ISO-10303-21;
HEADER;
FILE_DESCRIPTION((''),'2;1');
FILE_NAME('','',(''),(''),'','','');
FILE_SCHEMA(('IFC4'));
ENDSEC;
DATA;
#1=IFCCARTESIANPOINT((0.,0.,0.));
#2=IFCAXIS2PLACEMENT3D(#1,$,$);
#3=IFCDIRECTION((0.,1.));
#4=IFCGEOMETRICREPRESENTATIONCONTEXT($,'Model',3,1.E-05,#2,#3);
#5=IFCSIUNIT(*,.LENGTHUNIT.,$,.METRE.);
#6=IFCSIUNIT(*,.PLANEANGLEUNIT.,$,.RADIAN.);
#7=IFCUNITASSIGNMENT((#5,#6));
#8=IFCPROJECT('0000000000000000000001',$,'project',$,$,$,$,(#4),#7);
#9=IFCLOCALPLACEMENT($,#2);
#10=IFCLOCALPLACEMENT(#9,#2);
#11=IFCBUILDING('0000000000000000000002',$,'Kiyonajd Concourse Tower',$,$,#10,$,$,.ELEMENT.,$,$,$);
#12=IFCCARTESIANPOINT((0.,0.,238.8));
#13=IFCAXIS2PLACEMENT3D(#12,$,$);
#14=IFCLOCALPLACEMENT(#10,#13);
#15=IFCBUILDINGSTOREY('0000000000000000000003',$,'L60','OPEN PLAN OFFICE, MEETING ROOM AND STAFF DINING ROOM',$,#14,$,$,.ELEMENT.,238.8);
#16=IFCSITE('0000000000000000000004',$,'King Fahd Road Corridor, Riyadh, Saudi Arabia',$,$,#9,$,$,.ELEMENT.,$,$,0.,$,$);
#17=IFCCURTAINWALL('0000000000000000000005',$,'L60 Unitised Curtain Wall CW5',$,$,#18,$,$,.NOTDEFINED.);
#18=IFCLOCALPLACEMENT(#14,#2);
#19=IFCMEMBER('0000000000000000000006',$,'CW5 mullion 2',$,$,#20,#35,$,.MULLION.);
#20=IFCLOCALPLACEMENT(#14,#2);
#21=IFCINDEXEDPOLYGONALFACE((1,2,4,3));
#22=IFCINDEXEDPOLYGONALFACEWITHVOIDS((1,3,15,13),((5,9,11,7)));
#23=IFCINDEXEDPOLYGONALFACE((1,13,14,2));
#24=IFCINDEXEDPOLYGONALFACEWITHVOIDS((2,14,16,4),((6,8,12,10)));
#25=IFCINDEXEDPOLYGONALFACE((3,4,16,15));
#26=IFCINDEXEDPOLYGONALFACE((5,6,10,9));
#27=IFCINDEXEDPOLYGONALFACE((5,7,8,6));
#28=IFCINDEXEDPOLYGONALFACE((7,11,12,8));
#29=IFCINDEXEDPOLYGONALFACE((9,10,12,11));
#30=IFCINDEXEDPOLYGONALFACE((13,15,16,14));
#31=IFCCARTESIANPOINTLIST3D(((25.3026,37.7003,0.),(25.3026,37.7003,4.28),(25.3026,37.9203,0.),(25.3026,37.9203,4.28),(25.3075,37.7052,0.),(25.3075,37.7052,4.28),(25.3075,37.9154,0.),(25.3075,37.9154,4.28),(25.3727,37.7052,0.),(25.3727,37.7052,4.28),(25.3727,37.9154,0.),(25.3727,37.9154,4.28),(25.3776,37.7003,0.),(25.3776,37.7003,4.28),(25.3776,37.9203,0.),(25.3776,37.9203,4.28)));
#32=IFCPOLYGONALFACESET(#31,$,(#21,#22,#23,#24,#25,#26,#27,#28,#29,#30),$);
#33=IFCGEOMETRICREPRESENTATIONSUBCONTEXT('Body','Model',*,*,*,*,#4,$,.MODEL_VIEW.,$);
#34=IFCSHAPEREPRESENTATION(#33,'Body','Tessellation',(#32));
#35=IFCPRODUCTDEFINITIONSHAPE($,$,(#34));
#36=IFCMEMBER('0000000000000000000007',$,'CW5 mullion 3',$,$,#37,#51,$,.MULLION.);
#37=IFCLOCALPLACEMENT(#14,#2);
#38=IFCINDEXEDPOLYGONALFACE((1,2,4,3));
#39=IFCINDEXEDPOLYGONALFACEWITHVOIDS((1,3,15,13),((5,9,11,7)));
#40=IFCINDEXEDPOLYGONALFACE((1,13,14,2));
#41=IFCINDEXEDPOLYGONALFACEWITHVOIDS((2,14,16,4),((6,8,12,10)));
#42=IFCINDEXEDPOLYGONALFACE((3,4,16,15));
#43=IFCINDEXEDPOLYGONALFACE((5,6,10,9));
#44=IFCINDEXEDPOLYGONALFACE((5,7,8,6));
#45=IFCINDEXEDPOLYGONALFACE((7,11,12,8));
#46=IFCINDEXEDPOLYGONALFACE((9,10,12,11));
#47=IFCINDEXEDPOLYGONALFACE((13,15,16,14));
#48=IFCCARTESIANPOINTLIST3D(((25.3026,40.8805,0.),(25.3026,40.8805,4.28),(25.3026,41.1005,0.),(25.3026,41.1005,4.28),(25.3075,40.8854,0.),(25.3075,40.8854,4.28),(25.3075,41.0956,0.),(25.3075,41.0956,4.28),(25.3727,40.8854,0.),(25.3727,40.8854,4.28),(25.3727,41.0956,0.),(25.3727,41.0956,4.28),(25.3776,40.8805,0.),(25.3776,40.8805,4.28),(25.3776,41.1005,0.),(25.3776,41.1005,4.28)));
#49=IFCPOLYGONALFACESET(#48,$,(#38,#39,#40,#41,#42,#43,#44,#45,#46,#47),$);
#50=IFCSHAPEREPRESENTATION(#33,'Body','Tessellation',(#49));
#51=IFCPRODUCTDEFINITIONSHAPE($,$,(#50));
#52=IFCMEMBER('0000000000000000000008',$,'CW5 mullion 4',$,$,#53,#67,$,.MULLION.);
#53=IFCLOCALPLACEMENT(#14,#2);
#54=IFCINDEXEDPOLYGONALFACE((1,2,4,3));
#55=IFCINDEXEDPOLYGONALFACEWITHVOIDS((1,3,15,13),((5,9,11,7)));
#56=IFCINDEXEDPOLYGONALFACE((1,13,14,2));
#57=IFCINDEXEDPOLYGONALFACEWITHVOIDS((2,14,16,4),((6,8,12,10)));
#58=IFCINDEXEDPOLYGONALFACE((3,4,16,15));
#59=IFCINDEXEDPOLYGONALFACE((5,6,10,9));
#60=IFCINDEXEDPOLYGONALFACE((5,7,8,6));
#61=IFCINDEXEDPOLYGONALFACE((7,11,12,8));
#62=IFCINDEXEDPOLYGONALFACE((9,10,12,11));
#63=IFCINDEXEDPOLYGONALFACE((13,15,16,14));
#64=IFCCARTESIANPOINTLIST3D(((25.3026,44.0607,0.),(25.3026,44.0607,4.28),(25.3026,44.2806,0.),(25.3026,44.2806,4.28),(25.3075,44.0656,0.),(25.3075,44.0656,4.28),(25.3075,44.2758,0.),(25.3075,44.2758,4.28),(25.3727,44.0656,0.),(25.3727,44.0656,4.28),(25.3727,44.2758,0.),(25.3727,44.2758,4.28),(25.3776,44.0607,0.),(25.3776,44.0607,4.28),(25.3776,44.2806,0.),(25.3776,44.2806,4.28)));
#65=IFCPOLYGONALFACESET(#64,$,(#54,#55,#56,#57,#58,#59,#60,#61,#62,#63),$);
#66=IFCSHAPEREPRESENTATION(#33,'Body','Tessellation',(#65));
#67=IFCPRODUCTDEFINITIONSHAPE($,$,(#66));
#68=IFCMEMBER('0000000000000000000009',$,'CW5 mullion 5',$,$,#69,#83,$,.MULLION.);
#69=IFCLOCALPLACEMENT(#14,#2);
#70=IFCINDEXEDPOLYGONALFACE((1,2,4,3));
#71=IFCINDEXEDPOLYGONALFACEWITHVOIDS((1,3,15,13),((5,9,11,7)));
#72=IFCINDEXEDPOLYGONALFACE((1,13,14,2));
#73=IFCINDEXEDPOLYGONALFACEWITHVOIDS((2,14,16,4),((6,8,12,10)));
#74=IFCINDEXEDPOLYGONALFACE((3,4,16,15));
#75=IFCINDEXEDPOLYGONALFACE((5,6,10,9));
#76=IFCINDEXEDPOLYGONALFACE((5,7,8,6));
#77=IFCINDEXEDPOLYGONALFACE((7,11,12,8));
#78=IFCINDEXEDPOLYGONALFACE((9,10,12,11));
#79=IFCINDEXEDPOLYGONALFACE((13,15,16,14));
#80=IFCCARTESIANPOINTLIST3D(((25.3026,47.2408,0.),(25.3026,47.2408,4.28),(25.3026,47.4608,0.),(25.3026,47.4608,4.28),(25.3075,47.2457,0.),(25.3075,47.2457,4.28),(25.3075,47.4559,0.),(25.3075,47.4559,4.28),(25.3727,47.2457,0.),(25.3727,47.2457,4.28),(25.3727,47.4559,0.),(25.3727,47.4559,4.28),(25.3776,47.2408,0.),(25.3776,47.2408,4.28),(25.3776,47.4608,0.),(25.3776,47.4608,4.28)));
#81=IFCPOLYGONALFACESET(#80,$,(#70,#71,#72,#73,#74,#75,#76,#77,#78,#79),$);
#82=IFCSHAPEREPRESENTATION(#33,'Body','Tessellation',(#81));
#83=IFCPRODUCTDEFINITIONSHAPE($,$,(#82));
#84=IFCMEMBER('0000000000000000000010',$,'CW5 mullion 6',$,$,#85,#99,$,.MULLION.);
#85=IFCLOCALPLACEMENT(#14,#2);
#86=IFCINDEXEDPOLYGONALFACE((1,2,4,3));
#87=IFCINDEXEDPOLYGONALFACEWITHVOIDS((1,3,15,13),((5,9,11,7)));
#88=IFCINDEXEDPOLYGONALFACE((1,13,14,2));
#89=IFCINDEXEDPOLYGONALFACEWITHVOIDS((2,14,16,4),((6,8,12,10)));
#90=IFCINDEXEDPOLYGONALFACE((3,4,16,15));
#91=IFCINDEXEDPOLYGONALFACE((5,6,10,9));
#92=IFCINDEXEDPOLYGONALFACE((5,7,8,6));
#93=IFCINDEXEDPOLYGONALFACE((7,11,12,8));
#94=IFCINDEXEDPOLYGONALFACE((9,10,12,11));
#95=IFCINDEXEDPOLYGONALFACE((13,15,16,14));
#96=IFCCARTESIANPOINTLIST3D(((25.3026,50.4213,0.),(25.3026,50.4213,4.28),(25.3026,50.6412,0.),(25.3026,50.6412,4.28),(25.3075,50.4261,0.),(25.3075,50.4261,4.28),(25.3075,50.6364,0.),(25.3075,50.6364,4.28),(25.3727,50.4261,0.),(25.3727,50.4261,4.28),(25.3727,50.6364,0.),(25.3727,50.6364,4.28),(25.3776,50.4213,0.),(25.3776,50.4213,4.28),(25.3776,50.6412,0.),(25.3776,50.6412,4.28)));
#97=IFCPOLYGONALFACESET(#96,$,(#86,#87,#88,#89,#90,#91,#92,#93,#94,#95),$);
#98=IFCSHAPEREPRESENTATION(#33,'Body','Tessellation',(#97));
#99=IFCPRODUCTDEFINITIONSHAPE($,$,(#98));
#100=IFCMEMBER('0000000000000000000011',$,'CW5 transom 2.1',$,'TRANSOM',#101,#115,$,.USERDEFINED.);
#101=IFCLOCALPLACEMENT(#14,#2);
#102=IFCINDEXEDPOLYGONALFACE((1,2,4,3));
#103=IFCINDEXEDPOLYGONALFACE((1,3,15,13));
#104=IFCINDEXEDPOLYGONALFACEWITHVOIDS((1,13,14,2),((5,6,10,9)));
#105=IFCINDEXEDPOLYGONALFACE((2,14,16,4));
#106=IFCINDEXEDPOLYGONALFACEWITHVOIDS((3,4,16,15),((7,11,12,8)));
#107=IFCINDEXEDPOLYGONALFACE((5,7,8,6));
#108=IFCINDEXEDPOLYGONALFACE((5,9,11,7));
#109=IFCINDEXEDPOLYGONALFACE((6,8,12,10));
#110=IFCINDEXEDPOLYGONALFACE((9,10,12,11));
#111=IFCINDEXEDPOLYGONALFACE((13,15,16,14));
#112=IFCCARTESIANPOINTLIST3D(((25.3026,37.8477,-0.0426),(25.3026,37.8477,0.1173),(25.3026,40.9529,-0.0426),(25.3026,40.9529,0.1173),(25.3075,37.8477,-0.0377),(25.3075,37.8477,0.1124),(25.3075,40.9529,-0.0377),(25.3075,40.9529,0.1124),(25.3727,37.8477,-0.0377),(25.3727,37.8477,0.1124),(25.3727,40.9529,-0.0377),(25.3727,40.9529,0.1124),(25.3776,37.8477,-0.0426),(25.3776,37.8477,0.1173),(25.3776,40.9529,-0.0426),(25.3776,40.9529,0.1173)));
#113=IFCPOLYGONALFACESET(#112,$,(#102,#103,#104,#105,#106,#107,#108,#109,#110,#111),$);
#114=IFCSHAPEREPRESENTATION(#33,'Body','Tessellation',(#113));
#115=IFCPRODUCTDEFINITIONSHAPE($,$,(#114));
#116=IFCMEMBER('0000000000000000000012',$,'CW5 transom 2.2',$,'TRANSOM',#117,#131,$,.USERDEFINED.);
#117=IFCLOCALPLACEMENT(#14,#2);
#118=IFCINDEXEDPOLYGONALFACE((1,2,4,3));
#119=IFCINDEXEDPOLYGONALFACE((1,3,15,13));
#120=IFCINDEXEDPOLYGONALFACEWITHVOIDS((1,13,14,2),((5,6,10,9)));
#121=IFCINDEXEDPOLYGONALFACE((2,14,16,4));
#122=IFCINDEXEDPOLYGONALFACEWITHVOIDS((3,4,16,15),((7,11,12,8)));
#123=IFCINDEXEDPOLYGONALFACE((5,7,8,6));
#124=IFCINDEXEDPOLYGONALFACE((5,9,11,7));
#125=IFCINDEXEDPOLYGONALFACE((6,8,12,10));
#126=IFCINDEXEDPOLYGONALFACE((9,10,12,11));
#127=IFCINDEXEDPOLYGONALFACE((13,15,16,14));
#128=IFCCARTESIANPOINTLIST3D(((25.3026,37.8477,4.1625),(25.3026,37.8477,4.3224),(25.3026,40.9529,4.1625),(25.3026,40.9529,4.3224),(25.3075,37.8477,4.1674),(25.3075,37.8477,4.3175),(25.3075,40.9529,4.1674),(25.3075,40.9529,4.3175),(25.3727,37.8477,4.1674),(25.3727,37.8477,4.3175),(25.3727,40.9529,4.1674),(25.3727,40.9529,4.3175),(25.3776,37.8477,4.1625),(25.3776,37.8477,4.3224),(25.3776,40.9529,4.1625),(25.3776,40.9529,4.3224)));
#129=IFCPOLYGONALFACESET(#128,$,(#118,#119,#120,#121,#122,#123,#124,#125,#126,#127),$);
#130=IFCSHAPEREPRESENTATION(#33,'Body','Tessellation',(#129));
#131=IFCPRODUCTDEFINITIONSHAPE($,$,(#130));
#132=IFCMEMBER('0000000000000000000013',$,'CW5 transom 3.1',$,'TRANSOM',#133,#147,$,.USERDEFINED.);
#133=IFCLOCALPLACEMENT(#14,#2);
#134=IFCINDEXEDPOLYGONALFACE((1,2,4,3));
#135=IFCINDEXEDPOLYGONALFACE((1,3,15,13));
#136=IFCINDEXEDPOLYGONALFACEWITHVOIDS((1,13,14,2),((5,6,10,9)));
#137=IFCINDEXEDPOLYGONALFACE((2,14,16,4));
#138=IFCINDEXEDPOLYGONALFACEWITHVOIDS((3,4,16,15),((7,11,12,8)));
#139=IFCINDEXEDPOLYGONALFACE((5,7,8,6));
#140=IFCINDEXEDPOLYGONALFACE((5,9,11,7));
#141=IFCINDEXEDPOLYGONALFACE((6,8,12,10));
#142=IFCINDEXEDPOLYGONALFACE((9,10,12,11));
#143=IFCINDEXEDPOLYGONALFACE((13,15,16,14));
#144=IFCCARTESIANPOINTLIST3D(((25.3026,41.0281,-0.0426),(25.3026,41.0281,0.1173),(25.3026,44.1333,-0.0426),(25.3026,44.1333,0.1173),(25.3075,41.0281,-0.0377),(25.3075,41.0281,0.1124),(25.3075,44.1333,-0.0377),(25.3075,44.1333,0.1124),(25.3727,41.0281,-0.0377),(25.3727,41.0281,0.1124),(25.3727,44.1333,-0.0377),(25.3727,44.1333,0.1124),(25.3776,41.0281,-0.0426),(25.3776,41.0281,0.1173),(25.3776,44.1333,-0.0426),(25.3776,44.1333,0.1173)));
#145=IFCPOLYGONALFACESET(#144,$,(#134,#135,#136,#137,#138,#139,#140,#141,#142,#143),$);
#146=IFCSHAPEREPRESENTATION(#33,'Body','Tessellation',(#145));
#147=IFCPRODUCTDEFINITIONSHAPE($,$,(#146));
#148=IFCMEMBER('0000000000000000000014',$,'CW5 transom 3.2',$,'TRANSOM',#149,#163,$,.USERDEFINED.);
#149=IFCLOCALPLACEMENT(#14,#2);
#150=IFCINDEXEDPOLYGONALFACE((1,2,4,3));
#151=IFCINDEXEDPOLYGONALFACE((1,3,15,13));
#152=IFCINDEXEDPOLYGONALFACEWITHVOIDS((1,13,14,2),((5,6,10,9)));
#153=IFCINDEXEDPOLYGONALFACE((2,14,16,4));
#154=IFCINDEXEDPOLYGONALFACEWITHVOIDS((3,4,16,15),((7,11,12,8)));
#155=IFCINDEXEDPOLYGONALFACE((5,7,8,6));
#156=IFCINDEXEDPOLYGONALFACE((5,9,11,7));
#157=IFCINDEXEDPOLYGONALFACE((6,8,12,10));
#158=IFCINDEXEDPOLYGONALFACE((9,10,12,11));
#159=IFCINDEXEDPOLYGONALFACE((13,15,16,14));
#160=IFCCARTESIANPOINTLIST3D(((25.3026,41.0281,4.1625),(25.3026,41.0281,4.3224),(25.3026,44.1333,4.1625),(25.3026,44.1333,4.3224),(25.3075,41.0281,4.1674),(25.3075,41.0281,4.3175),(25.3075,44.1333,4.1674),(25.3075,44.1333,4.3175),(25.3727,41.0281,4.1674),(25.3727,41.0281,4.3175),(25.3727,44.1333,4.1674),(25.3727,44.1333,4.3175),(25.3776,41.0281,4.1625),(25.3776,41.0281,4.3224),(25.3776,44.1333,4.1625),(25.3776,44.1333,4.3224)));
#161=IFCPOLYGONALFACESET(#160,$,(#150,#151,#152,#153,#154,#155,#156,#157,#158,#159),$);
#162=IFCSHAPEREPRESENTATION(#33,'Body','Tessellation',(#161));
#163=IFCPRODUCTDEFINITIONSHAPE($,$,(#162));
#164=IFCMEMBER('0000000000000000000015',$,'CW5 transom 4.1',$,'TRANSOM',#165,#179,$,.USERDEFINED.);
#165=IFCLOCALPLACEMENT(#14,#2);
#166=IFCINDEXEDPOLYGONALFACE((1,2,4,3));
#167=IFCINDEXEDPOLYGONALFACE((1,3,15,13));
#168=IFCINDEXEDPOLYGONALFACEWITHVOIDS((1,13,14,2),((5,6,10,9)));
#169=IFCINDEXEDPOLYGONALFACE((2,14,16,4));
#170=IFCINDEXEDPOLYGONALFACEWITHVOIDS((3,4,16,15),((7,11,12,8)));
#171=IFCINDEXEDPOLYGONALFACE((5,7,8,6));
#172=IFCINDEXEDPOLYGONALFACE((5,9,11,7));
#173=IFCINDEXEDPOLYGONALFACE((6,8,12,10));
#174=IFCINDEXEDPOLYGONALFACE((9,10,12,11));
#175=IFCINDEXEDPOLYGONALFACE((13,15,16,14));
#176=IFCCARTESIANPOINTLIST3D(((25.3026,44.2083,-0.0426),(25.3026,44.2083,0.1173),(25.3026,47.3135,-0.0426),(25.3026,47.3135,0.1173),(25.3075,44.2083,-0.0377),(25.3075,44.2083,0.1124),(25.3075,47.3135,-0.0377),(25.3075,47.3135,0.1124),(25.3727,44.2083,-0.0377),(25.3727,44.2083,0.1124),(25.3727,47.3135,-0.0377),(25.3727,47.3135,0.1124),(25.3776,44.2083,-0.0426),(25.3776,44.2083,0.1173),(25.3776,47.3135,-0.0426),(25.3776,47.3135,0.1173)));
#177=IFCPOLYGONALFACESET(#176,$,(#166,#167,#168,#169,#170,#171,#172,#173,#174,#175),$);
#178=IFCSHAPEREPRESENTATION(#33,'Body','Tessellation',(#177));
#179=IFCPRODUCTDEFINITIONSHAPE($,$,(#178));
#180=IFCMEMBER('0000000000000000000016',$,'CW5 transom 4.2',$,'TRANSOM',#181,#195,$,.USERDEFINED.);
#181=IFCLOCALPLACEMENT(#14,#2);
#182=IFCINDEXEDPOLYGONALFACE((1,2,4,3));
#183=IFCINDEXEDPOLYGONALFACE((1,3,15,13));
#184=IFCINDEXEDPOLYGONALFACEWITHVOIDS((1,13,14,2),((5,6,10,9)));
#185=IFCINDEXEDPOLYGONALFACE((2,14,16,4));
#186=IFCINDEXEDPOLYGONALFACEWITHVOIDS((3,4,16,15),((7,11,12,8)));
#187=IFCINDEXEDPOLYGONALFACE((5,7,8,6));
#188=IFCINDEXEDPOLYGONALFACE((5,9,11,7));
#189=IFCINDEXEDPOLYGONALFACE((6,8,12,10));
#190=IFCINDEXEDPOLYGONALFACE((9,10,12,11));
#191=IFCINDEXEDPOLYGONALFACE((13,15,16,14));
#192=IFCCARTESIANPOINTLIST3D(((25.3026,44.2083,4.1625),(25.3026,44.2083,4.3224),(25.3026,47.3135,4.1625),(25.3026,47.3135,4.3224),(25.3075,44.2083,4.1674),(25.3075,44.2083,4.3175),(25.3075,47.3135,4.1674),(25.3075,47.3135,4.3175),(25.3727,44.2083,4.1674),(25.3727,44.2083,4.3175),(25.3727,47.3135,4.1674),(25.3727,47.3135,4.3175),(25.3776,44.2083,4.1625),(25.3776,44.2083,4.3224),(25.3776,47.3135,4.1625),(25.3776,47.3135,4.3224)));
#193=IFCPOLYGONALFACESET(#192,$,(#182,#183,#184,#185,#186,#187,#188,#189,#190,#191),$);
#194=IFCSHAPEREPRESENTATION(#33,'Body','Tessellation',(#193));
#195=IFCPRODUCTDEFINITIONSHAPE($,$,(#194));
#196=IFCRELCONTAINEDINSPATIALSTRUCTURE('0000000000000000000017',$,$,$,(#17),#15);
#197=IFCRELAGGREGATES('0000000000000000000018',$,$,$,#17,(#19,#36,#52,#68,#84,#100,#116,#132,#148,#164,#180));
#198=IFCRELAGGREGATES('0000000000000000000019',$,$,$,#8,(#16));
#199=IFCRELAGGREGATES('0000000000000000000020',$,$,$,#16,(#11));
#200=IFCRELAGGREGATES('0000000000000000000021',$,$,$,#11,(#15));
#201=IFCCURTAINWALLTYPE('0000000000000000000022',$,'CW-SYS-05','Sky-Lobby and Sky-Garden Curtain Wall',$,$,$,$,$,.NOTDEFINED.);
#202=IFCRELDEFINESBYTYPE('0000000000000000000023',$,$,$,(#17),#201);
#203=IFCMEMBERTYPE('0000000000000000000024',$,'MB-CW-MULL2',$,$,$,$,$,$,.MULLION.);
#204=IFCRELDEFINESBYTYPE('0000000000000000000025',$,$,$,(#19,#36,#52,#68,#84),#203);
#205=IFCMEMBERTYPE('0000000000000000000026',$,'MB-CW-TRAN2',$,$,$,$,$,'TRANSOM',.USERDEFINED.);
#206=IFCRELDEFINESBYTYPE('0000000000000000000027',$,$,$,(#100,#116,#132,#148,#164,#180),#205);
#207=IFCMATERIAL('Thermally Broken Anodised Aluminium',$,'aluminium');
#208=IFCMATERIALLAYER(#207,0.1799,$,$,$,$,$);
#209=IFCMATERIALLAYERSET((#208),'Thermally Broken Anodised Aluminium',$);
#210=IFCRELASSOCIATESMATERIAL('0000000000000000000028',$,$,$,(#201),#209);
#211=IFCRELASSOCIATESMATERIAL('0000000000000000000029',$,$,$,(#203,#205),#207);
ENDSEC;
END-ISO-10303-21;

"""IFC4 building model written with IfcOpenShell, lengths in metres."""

from ifc_helpers import new_model, si_unit, direction, frame, origin, origin_2d, place, context, subcontext, project, spatial, hollow_rectangle, extrude, material, layer, layer_set, material_profile, profile_set, type_object, element, aggregate, save


model = new_model("IFC4")

# Units and contexts
model_context = context("Model", 3, precision=1e-05, world=origin(), true_north=direction((0.0, 1.0)))
body_context = subcontext(model_context, "Body", "Model", "MODEL_VIEW")
ifc_project = project(units=[si_unit("LENGTHUNIT", "METRE"), si_unit("PLANEANGLEUNIT", "RADIAN")], contexts=[model_context])

# Site, building, storey
site_placement = place(None, origin())
site = spatial("IfcSite", under=ifc_project, at=site_placement, Name="King Fahd Road Corridor, Riyadh, Saudi Arabia", CompositionType="ELEMENT", RefElevation=0.0)
building_placement = place(site_placement, origin())
building = spatial("IfcBuilding", under=site, at=building_placement, Name="Kiyonajd Concourse Tower", CompositionType="ELEMENT")
storey_placement = place(building_placement, frame((0.0, 0.0, 238.8)))
storey = spatial("IfcBuildingStorey", under=building, at=storey_placement, Name="L60", Description="OPEN PLAN OFFICE, MEETING ROOM AND STAFF DINING ROOM", CompositionType="ELEMENT", Elevation=238.8)

# Curtain wall, members
ifc_material_1 = material(Name="Thermally Broken Anodised Aluminium", Category="aluminium")
ifc_layer_1 = layer(ifc_material_1, 0.1799)
ifc_layer_set_1 = layer_set([ifc_layer_1], Name="Thermally Broken Anodised Aluminium")
curtain_wall_type = type_object("IfcCurtainWallType", Name="CW-SYS-05", Description="Sky-Lobby and Sky-Garden Curtain Wall", PredefinedType="NOTDEFINED", material=ifc_layer_set_1)
curtain_wall_placement = place(storey_placement, origin())
curtain_wall = element("IfcCurtainWall", 1, at=curtain_wall_placement, inside=storey, type_object=curtain_wall_type, Name="L60 Unitised Curtain Wall CW5", PredefinedType="NOTDEFINED")
ifc_material_profile_1 = material_profile(ifc_material_1, hollow_rectangle(XDim=0.075, YDim=0.22, WallThickness=0.0049, at=origin_2d()), Name="MULL-75x220")
ifc_profile_set_1 = profile_set([ifc_material_profile_1], Name="Thermally Broken Anodised Aluminium")
member_type_1 = type_object("IfcMemberType", Name="MB-CW-MULL2", PredefinedType="MULLION", material=ifc_profile_set_1)
member_1_placement = place(storey_placement, frame((25.3401, 37.8103, 0.0), z_axis=(0.0, 0.0, 1.0), x_axis=(-1.0, 0.0, 0.0)))
member_1 = element("IfcMember", 2, at=member_1_placement, type_object=member_type_1, Name="CW5 mullion 2", PredefinedType="MULLION", context=body_context, shape_type="SweptSolid", body=[
    extrude(hollow_rectangle(XDim=0.075, YDim=0.22, WallThickness=0.0049, at=origin_2d()), origin(), (0.0, 0.0, 1.0), 4.28),
])
member_2_placement = place(storey_placement, frame((25.3401, 40.9905, 0.0), z_axis=(0.0, 0.0, 1.0), x_axis=(-1.0, 0.0, 0.0)))
member_2 = element("IfcMember", 3, at=member_2_placement, type_object=member_type_1, Name="CW5 mullion 3", PredefinedType="MULLION", context=body_context, shape_type="SweptSolid", body=[
    extrude(hollow_rectangle(XDim=0.075, YDim=0.22, WallThickness=0.0049, at=origin_2d()), origin(), (0.0, 0.0, 1.0), 4.28),
])
member_3_placement = place(storey_placement, frame((25.3401, 44.1707, 0.0), z_axis=(0.0, 0.0, 1.0), x_axis=(-1.0, 0.0, 0.0)))
member_3 = element("IfcMember", 4, at=member_3_placement, type_object=member_type_1, Name="CW5 mullion 4", PredefinedType="MULLION", context=body_context, shape_type="SweptSolid", body=[
    extrude(hollow_rectangle(XDim=0.075, YDim=0.22, WallThickness=0.0049, at=origin_2d()), origin(), (0.0, 0.0, 1.0), 4.28),
])
member_4_placement = place(storey_placement, frame((25.3401, 47.3508, 0.0), z_axis=(0.0, 0.0, 1.0), x_axis=(-1.0, 0.0, 0.0)))
member_4 = element("IfcMember", 5, at=member_4_placement, type_object=member_type_1, Name="CW5 mullion 5", PredefinedType="MULLION", context=body_context, shape_type="SweptSolid", body=[
    extrude(hollow_rectangle(XDim=0.075, YDim=0.22, WallThickness=0.0049, at=origin_2d()), origin(), (0.0, 0.0, 1.0), 4.28),
])
member_5_placement = place(storey_placement, frame((25.3401, 50.5312, 0.0), z_axis=(0.0, 0.0, 1.0), x_axis=(-1.0, 0.0, 0.0)))
member_5 = element("IfcMember", 6, at=member_5_placement, type_object=member_type_1, Name="CW5 mullion 6", PredefinedType="MULLION", context=body_context, shape_type="SweptSolid", body=[
    extrude(hollow_rectangle(XDim=0.075, YDim=0.22, WallThickness=0.0049, at=origin_2d()), origin(), (0.0, 0.0, 1.0), 4.28),
])
ifc_material_profile_2 = material_profile(ifc_material_1, hollow_rectangle(XDim=0.075, YDim=0.1599, WallThickness=0.0049, at=origin_2d()), Name="TRAN-75x160")
ifc_profile_set_2 = profile_set([ifc_material_profile_2], Name="Thermally Broken Anodised Aluminium")
member_type_2 = type_object("IfcMemberType", Name="MB-CW-TRAN2", ElementType="TRANSOM", PredefinedType="USERDEFINED", material=ifc_profile_set_2)
member_6_placement = place(storey_placement, frame((25.3401, 37.8477, 0.0374), z_axis=(0.0, 1.0, 0.0), x_axis=(-1.0, 0.0, 0.0)))
member_6 = element("IfcMember", 7, at=member_6_placement, type_object=member_type_2, Name="CW5 transom 2.1", ObjectType="TRANSOM", PredefinedType="USERDEFINED", context=body_context, shape_type="SweptSolid", body=[
    extrude(hollow_rectangle(XDim=0.075, YDim=0.1599, WallThickness=0.0049, at=origin_2d()), origin(), (0.0, 0.0, 1.0), 3.1052),
])
member_7_placement = place(storey_placement, frame((25.3401, 37.8477, 4.2424), z_axis=(0.0, 1.0, 0.0), x_axis=(-1.0, 0.0, 0.0)))
member_7 = element("IfcMember", 8, at=member_7_placement, type_object=member_type_2, Name="CW5 transom 2.2", ObjectType="TRANSOM", PredefinedType="USERDEFINED", context=body_context, shape_type="SweptSolid", body=[
    extrude(hollow_rectangle(XDim=0.075, YDim=0.1599, WallThickness=0.0049, at=origin_2d()), origin(), (0.0, 0.0, 1.0), 3.1052),
])
member_8_placement = place(storey_placement, frame((25.3401, 41.0281, 0.0374), z_axis=(0.0, 1.0, 0.0), x_axis=(-1.0, 0.0, 0.0)))
member_8 = element("IfcMember", 9, at=member_8_placement, type_object=member_type_2, Name="CW5 transom 3.1", ObjectType="TRANSOM", PredefinedType="USERDEFINED", context=body_context, shape_type="SweptSolid", body=[
    extrude(hollow_rectangle(XDim=0.075, YDim=0.1599, WallThickness=0.0049, at=origin_2d()), origin(), (0.0, 0.0, 1.0), 3.1052),
])
member_9_placement = place(storey_placement, frame((25.3401, 41.0281, 4.2424), z_axis=(0.0, 1.0, 0.0), x_axis=(-1.0, 0.0, 0.0)))
member_9 = element("IfcMember", 10, at=member_9_placement, type_object=member_type_2, Name="CW5 transom 3.2", ObjectType="TRANSOM", PredefinedType="USERDEFINED", context=body_context, shape_type="SweptSolid", body=[
    extrude(hollow_rectangle(XDim=0.075, YDim=0.1599, WallThickness=0.0049, at=origin_2d()), origin(), (0.0, 0.0, 1.0), 3.1052),
])
member_10_placement = place(storey_placement, frame((25.3401, 44.2083, 0.0374), z_axis=(0.0, 1.0, 0.0), x_axis=(-1.0, 0.0, 0.0)))
member_10 = element("IfcMember", 11, at=member_10_placement, type_object=member_type_2, Name="CW5 transom 4.1", ObjectType="TRANSOM", PredefinedType="USERDEFINED", context=body_context, shape_type="SweptSolid", body=[
    extrude(hollow_rectangle(XDim=0.075, YDim=0.1599, WallThickness=0.0049, at=origin_2d()), origin(), (0.0, 0.0, 1.0), 3.1052),
])
member_11_placement = place(storey_placement, frame((25.3401, 44.2083, 4.2424), z_axis=(0.0, 1.0, 0.0), x_axis=(-1.0, 0.0, 0.0)))
member_11 = element("IfcMember", 12, at=member_11_placement, type_object=member_type_2, Name="CW5 transom 4.2", ObjectType="TRANSOM", PredefinedType="USERDEFINED", context=body_context, shape_type="SweptSolid", body=[
    extrude(hollow_rectangle(XDim=0.075, YDim=0.1599, WallThickness=0.0049, at=origin_2d()), origin(), (0.0, 0.0, 1.0), 3.1052),
])

aggregate(curtain_wall, [member_1, member_2, member_3, member_4, member_5, member_6, member_7, member_8, member_9, member_10, member_11])

save(model, "model.ifc")
